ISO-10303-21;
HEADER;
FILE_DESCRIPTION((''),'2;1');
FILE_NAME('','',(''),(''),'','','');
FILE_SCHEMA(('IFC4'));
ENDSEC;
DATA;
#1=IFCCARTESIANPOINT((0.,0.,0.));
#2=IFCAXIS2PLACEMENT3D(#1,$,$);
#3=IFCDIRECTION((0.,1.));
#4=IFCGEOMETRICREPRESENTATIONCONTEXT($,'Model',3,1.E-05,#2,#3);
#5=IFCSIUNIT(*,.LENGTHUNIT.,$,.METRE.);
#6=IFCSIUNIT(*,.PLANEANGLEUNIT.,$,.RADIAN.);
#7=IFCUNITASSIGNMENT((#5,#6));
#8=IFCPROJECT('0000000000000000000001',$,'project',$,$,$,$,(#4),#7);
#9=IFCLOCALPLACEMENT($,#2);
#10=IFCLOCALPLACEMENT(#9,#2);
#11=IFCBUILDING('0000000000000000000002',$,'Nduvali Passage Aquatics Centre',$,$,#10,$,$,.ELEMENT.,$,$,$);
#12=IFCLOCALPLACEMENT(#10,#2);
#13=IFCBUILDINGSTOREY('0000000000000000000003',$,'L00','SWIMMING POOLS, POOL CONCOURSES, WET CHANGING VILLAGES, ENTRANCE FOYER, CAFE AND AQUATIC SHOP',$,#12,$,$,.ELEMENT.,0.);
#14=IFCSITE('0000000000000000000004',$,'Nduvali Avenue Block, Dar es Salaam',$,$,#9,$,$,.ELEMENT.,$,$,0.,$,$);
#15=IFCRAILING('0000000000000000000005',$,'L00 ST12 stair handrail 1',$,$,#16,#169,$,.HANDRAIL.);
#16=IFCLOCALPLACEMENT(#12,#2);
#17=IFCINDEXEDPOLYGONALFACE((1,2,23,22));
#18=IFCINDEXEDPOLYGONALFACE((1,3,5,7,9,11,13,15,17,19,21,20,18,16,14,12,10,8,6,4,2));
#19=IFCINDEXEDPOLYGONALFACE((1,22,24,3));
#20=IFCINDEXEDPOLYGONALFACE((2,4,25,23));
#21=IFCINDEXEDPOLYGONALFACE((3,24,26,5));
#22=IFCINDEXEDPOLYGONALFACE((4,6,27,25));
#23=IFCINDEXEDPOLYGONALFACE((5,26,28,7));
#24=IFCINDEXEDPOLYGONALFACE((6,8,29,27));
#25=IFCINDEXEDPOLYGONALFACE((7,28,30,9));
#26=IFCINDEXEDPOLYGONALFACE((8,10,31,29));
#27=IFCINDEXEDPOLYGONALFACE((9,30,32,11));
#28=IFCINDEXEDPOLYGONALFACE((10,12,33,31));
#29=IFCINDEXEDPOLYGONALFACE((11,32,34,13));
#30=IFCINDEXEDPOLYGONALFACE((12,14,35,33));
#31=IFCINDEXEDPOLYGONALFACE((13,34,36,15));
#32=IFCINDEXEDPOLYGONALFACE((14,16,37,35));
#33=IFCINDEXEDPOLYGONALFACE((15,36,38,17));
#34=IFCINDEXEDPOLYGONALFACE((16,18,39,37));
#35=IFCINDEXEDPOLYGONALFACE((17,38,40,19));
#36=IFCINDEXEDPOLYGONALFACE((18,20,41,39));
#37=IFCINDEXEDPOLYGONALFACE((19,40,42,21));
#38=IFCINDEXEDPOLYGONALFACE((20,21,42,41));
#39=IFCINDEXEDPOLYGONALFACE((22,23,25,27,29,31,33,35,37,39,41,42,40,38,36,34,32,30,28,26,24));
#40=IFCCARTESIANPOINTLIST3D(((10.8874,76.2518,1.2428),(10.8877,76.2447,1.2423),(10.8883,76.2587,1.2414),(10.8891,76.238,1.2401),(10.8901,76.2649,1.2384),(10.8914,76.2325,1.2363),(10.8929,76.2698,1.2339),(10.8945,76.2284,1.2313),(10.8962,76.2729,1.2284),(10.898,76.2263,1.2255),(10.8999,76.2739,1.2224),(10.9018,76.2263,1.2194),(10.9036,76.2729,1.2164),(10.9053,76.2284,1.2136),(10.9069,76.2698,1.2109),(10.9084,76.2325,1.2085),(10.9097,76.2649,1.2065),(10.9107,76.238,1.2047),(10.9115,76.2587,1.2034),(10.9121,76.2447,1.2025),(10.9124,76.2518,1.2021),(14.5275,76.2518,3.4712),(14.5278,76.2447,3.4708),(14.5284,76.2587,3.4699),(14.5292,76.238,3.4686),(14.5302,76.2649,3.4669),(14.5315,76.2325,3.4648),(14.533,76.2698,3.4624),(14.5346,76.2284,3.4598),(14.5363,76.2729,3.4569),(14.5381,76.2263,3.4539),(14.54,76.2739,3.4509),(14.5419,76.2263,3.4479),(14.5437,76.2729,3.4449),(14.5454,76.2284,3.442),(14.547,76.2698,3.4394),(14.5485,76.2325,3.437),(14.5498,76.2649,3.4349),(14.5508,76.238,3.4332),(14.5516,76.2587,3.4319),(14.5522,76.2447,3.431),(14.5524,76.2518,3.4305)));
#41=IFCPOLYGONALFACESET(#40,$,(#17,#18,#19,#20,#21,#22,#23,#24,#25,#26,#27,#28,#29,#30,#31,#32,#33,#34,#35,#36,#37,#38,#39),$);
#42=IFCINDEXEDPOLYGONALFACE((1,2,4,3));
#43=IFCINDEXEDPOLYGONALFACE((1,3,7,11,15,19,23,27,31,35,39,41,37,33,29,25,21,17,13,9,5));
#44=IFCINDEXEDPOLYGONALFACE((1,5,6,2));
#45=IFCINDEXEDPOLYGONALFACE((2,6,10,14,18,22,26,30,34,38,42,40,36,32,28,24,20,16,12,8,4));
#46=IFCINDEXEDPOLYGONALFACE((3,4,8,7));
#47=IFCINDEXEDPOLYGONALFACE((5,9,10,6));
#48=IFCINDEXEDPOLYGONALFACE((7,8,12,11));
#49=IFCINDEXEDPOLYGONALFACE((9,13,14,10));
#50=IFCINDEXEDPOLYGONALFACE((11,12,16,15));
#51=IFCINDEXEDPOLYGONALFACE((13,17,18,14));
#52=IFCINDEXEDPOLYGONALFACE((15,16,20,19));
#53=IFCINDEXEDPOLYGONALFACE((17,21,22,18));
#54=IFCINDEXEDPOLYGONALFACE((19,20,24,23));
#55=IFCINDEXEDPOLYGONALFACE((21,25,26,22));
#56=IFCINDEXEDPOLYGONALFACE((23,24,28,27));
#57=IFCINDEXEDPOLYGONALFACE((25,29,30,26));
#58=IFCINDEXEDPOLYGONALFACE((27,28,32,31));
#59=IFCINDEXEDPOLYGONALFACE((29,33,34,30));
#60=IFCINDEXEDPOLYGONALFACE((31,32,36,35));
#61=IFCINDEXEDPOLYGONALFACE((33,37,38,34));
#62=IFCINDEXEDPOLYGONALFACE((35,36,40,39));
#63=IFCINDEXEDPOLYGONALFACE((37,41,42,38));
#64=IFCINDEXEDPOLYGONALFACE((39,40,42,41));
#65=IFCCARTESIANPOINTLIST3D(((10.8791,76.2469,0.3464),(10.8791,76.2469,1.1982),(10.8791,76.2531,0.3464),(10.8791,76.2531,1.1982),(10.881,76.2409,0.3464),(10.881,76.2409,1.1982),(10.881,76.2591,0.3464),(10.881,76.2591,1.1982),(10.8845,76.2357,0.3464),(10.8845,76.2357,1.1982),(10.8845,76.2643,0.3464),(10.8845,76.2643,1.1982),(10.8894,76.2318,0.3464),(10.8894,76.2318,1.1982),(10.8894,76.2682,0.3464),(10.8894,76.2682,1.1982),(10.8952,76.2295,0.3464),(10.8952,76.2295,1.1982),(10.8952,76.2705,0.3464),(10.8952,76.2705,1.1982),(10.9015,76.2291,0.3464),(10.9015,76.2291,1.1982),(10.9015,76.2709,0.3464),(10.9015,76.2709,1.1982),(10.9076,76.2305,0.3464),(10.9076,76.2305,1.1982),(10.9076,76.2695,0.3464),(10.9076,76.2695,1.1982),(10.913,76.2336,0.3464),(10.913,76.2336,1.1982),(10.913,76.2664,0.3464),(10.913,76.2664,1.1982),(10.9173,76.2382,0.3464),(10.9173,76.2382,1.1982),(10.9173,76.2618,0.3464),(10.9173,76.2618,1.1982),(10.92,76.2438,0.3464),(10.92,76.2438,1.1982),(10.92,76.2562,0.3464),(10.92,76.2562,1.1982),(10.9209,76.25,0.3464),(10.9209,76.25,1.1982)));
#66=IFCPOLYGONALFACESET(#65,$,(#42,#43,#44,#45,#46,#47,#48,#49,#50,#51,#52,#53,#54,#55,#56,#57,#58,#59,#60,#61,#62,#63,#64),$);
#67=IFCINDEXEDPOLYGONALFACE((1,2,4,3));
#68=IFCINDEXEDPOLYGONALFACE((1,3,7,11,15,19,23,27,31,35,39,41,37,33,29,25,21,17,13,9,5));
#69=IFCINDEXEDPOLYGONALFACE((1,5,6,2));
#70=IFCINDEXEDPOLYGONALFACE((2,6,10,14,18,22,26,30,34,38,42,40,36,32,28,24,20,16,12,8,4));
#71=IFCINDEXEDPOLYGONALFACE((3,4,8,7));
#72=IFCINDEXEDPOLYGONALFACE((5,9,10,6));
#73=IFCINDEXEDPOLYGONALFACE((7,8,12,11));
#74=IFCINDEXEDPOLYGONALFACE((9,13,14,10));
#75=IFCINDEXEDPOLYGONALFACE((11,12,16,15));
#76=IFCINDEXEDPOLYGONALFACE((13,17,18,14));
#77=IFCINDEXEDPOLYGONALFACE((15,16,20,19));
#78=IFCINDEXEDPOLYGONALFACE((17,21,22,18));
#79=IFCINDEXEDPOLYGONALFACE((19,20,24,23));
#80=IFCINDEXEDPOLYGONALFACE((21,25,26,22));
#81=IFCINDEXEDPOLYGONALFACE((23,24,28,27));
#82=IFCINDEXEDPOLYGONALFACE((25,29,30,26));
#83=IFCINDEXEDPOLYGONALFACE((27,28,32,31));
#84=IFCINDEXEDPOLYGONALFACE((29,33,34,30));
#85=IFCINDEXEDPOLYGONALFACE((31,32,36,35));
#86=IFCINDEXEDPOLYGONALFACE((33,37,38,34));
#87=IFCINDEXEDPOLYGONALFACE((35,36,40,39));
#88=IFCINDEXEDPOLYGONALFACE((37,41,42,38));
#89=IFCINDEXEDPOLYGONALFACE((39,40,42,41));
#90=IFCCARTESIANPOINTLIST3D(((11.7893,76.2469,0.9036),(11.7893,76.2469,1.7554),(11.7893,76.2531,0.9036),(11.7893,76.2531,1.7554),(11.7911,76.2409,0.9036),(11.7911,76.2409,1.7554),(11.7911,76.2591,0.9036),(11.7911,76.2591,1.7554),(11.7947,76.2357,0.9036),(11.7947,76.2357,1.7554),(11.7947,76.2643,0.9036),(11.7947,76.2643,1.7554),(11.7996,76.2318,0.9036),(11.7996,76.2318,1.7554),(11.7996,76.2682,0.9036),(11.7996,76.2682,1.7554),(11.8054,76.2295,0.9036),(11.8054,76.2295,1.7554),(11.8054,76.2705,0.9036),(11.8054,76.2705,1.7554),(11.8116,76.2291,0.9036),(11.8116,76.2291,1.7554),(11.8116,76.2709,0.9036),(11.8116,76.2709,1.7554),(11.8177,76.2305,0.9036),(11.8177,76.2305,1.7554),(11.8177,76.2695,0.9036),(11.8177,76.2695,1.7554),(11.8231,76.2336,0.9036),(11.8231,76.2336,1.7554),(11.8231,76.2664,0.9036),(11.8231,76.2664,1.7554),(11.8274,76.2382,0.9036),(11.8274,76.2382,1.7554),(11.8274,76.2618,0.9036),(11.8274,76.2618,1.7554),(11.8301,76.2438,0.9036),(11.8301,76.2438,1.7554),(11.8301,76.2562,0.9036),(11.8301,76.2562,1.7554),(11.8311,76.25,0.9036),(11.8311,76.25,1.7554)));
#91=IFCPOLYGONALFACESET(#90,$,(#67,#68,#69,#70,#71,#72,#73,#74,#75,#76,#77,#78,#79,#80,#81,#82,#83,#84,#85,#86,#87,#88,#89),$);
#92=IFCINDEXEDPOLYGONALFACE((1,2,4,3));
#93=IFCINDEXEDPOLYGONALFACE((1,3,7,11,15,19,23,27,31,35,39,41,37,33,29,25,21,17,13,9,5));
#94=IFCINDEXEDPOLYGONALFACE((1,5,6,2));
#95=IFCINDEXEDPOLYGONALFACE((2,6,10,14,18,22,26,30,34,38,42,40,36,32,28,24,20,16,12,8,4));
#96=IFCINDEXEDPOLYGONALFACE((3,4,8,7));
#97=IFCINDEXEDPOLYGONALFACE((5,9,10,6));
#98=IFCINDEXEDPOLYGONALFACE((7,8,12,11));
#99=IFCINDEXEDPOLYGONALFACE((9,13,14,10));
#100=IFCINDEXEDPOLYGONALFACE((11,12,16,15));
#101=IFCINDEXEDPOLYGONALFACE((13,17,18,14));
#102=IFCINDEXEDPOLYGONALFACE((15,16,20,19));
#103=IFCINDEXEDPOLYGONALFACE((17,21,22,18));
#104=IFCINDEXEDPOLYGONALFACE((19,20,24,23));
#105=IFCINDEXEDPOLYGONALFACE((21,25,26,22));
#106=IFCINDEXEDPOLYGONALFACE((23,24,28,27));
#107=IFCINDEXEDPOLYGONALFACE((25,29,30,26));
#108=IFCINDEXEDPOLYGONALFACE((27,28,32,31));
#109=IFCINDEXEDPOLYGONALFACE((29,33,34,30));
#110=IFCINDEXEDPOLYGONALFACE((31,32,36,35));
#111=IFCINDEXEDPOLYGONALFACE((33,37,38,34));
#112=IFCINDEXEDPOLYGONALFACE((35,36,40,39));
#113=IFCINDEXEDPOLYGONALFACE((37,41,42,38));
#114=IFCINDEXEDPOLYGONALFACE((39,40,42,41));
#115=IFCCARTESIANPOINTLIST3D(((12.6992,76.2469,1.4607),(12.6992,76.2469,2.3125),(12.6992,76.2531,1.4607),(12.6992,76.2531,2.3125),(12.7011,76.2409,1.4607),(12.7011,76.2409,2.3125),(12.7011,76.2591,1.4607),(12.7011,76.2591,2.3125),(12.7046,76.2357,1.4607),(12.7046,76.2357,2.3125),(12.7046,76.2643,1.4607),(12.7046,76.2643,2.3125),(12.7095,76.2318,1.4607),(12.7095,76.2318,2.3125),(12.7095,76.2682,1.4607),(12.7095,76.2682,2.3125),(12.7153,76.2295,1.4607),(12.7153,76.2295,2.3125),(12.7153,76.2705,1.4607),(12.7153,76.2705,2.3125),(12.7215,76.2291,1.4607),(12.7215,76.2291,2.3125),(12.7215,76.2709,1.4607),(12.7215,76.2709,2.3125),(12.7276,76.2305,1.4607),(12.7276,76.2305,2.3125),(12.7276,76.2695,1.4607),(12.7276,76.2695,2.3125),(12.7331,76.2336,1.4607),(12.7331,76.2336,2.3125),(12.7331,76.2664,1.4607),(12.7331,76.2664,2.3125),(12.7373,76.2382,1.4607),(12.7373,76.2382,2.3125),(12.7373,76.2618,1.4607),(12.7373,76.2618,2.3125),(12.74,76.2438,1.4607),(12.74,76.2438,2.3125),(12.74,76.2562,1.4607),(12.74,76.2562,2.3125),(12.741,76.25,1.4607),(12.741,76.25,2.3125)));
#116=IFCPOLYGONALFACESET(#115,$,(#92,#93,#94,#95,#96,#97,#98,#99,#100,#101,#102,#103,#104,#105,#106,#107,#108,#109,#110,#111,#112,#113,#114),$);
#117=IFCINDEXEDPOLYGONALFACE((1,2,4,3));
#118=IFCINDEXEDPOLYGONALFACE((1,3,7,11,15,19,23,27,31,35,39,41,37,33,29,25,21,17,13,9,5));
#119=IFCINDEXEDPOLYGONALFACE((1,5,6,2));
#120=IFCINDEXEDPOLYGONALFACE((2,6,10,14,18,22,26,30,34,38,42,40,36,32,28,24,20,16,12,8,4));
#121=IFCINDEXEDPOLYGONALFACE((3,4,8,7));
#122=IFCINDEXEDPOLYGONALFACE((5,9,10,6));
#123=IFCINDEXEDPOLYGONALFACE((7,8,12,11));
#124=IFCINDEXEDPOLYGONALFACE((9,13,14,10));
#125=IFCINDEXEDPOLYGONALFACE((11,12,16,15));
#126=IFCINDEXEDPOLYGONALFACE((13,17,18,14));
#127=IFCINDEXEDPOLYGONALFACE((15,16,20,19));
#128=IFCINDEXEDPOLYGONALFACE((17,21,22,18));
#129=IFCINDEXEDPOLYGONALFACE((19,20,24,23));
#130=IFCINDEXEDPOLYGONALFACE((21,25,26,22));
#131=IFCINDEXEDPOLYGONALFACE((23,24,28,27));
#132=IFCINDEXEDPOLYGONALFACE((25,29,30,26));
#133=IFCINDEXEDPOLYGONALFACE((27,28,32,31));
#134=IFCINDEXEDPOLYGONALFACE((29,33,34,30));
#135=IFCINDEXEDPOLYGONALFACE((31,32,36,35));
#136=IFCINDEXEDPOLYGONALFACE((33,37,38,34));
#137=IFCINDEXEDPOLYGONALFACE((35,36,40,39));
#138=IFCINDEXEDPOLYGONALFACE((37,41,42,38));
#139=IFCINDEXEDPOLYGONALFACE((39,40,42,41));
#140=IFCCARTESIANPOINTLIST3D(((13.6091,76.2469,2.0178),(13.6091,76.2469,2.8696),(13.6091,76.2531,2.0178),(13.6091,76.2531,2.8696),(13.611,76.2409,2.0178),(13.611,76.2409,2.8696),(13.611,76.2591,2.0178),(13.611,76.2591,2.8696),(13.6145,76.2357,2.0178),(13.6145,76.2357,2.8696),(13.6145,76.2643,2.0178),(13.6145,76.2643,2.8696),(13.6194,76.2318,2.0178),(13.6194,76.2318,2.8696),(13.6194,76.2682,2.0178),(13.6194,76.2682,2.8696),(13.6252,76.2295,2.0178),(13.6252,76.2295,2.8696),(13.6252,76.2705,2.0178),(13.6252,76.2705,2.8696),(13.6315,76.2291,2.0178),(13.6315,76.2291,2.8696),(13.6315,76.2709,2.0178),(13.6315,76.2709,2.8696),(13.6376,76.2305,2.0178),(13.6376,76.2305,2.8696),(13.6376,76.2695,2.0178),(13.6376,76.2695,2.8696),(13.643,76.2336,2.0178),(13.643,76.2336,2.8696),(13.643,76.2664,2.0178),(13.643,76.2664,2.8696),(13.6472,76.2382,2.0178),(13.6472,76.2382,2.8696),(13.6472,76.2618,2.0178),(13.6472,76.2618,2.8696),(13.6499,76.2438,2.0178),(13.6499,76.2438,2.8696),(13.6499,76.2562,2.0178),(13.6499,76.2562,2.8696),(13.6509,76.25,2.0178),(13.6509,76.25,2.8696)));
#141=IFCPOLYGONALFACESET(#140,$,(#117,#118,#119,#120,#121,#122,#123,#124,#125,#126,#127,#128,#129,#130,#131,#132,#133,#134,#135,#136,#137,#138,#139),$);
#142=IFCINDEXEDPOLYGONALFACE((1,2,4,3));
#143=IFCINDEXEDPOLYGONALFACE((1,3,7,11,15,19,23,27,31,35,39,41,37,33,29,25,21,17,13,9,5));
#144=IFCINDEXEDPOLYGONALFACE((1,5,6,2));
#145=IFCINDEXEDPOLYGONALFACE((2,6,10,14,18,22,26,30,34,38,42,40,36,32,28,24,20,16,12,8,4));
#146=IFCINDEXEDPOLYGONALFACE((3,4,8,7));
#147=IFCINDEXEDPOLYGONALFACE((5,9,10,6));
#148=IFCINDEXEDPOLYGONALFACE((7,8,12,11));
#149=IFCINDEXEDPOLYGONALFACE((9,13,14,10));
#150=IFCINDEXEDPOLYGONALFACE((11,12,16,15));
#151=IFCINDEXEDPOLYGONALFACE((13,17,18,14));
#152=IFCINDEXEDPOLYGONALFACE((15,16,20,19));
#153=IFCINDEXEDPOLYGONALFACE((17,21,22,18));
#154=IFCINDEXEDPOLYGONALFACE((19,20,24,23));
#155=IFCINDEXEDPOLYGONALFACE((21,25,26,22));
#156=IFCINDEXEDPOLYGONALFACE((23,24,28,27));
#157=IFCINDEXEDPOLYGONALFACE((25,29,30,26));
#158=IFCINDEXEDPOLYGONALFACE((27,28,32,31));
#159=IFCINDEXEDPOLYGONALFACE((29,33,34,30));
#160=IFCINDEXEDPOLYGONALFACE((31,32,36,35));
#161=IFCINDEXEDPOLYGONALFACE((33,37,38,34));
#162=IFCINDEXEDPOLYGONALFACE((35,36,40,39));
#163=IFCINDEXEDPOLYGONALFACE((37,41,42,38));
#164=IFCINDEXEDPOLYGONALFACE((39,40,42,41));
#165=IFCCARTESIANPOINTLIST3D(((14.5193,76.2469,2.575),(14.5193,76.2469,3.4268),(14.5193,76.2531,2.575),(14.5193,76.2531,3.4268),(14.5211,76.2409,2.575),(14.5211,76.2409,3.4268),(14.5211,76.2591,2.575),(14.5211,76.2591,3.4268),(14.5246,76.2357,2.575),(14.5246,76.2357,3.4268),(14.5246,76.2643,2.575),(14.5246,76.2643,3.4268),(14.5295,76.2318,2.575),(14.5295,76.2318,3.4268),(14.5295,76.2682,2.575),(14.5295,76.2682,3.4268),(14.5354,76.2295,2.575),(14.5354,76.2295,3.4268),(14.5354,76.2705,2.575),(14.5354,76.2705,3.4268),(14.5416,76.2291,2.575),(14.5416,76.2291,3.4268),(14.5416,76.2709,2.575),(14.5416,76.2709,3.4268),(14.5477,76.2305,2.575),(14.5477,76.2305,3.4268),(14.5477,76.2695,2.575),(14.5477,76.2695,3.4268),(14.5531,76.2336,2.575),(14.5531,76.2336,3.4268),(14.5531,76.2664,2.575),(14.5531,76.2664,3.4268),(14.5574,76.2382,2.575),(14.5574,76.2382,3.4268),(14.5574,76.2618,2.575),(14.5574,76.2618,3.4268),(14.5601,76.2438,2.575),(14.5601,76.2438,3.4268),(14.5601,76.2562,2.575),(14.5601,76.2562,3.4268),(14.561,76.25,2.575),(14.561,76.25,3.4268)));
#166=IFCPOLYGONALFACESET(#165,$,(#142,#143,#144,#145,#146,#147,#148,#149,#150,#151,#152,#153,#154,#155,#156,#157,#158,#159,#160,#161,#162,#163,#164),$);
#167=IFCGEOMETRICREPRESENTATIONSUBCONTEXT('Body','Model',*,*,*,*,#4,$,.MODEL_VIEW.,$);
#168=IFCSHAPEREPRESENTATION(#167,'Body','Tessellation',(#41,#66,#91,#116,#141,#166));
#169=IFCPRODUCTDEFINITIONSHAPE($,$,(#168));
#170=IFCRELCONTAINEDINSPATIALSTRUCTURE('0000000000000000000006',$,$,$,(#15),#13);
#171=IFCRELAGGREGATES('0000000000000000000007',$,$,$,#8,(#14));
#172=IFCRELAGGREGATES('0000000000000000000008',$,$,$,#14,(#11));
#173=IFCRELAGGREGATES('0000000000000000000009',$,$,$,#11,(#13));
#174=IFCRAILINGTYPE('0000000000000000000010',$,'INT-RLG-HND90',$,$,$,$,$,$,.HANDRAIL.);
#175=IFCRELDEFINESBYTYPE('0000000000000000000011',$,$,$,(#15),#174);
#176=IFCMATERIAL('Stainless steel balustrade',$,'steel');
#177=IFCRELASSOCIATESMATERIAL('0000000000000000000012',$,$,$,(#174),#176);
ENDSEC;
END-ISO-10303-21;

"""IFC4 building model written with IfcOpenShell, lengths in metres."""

from ifc_helpers import new_model, si_unit, direction, frame, origin, origin_2d, place, context, subcontext, project, spatial, circle, extrude, material, type_object, element, save


model = new_model("IFC4")

# Units and contexts
model_context = context("Model", 3, precision=1e-05, world=origin(), true_north=direction((0.0, 1.0)))
body_context = subcontext(model_context, "Body", "Model", "MODEL_VIEW")
ifc_project = project(units=[si_unit("LENGTHUNIT", "METRE"), si_unit("PLANEANGLEUNIT", "RADIAN")], contexts=[model_context])

# Site, building, storey
site_placement = place(None, origin())
site = spatial("IfcSite", under=ifc_project, at=site_placement, Name="Nduvali Avenue Block, Dar es Salaam", CompositionType="ELEMENT", RefElevation=0.0)
building_placement = place(site_placement, origin())
building = spatial("IfcBuilding", under=site, at=building_placement, Name="Nduvali Passage Aquatics Centre", CompositionType="ELEMENT")
storey_placement = place(building_placement, origin())
storey = spatial("IfcBuildingStorey", under=building, at=storey_placement, Name="L00", Description="SWIMMING POOLS, POOL CONCOURSES, WET CHANGING VILLAGES, ENTRANCE FOYER, CAFE AND AQUATIC SHOP", CompositionType="ELEMENT", Elevation=0.0)

# Railing
ifc_material_1 = material(Name="Stainless steel balustrade", Category="steel")
railing_type_1 = type_object("IfcRailingType", Name="INT-RLG-HND90", PredefinedType="HANDRAIL", material=ifc_material_1)
railing_1_placement = place(storey_placement, frame((10.8999, 76.25, 0.3464)))
element("IfcRailing", 1, at=railing_1_placement, inside=storey, type_object=railing_type_1, Name="L00 ST12 stair handrail 1", PredefinedType="HANDRAIL", context=body_context, shape_type="SweptSolid", body=[
    extrude(circle(Radius=0.0239, at=origin_2d()), frame((0.0, 0.0, 0.876), z_axis=(0.852866, 0.0, 0.52213), x_axis=(0.0, 1.0, 0.0)), (0.0, 0.0, 1.0), 4.2681),
    extrude(circle(Radius=0.021, at=origin_2d()), origin(), (0.0, 0.0, 1.0), 0.8518),
    extrude(circle(Radius=0.021, at=origin_2d()), frame((0.9102, 0.0, 0.5571)), (0.0, 0.0, 1.0), 0.8518),
    extrude(circle(Radius=0.021, at=origin_2d()), frame((1.8201, 0.0, 1.1143)), (0.0, 0.0, 1.0), 0.8518),
    extrude(circle(Radius=0.021, at=origin_2d()), frame((2.73, 0.0, 1.6714)), (0.0, 0.0, 1.0), 0.8518),
    extrude(circle(Radius=0.021, at=origin_2d()), frame((3.6401, 0.0, 2.2285)), (0.0, 0.0, 1.0), 0.8518),
])

save(model, "model.ifc")
